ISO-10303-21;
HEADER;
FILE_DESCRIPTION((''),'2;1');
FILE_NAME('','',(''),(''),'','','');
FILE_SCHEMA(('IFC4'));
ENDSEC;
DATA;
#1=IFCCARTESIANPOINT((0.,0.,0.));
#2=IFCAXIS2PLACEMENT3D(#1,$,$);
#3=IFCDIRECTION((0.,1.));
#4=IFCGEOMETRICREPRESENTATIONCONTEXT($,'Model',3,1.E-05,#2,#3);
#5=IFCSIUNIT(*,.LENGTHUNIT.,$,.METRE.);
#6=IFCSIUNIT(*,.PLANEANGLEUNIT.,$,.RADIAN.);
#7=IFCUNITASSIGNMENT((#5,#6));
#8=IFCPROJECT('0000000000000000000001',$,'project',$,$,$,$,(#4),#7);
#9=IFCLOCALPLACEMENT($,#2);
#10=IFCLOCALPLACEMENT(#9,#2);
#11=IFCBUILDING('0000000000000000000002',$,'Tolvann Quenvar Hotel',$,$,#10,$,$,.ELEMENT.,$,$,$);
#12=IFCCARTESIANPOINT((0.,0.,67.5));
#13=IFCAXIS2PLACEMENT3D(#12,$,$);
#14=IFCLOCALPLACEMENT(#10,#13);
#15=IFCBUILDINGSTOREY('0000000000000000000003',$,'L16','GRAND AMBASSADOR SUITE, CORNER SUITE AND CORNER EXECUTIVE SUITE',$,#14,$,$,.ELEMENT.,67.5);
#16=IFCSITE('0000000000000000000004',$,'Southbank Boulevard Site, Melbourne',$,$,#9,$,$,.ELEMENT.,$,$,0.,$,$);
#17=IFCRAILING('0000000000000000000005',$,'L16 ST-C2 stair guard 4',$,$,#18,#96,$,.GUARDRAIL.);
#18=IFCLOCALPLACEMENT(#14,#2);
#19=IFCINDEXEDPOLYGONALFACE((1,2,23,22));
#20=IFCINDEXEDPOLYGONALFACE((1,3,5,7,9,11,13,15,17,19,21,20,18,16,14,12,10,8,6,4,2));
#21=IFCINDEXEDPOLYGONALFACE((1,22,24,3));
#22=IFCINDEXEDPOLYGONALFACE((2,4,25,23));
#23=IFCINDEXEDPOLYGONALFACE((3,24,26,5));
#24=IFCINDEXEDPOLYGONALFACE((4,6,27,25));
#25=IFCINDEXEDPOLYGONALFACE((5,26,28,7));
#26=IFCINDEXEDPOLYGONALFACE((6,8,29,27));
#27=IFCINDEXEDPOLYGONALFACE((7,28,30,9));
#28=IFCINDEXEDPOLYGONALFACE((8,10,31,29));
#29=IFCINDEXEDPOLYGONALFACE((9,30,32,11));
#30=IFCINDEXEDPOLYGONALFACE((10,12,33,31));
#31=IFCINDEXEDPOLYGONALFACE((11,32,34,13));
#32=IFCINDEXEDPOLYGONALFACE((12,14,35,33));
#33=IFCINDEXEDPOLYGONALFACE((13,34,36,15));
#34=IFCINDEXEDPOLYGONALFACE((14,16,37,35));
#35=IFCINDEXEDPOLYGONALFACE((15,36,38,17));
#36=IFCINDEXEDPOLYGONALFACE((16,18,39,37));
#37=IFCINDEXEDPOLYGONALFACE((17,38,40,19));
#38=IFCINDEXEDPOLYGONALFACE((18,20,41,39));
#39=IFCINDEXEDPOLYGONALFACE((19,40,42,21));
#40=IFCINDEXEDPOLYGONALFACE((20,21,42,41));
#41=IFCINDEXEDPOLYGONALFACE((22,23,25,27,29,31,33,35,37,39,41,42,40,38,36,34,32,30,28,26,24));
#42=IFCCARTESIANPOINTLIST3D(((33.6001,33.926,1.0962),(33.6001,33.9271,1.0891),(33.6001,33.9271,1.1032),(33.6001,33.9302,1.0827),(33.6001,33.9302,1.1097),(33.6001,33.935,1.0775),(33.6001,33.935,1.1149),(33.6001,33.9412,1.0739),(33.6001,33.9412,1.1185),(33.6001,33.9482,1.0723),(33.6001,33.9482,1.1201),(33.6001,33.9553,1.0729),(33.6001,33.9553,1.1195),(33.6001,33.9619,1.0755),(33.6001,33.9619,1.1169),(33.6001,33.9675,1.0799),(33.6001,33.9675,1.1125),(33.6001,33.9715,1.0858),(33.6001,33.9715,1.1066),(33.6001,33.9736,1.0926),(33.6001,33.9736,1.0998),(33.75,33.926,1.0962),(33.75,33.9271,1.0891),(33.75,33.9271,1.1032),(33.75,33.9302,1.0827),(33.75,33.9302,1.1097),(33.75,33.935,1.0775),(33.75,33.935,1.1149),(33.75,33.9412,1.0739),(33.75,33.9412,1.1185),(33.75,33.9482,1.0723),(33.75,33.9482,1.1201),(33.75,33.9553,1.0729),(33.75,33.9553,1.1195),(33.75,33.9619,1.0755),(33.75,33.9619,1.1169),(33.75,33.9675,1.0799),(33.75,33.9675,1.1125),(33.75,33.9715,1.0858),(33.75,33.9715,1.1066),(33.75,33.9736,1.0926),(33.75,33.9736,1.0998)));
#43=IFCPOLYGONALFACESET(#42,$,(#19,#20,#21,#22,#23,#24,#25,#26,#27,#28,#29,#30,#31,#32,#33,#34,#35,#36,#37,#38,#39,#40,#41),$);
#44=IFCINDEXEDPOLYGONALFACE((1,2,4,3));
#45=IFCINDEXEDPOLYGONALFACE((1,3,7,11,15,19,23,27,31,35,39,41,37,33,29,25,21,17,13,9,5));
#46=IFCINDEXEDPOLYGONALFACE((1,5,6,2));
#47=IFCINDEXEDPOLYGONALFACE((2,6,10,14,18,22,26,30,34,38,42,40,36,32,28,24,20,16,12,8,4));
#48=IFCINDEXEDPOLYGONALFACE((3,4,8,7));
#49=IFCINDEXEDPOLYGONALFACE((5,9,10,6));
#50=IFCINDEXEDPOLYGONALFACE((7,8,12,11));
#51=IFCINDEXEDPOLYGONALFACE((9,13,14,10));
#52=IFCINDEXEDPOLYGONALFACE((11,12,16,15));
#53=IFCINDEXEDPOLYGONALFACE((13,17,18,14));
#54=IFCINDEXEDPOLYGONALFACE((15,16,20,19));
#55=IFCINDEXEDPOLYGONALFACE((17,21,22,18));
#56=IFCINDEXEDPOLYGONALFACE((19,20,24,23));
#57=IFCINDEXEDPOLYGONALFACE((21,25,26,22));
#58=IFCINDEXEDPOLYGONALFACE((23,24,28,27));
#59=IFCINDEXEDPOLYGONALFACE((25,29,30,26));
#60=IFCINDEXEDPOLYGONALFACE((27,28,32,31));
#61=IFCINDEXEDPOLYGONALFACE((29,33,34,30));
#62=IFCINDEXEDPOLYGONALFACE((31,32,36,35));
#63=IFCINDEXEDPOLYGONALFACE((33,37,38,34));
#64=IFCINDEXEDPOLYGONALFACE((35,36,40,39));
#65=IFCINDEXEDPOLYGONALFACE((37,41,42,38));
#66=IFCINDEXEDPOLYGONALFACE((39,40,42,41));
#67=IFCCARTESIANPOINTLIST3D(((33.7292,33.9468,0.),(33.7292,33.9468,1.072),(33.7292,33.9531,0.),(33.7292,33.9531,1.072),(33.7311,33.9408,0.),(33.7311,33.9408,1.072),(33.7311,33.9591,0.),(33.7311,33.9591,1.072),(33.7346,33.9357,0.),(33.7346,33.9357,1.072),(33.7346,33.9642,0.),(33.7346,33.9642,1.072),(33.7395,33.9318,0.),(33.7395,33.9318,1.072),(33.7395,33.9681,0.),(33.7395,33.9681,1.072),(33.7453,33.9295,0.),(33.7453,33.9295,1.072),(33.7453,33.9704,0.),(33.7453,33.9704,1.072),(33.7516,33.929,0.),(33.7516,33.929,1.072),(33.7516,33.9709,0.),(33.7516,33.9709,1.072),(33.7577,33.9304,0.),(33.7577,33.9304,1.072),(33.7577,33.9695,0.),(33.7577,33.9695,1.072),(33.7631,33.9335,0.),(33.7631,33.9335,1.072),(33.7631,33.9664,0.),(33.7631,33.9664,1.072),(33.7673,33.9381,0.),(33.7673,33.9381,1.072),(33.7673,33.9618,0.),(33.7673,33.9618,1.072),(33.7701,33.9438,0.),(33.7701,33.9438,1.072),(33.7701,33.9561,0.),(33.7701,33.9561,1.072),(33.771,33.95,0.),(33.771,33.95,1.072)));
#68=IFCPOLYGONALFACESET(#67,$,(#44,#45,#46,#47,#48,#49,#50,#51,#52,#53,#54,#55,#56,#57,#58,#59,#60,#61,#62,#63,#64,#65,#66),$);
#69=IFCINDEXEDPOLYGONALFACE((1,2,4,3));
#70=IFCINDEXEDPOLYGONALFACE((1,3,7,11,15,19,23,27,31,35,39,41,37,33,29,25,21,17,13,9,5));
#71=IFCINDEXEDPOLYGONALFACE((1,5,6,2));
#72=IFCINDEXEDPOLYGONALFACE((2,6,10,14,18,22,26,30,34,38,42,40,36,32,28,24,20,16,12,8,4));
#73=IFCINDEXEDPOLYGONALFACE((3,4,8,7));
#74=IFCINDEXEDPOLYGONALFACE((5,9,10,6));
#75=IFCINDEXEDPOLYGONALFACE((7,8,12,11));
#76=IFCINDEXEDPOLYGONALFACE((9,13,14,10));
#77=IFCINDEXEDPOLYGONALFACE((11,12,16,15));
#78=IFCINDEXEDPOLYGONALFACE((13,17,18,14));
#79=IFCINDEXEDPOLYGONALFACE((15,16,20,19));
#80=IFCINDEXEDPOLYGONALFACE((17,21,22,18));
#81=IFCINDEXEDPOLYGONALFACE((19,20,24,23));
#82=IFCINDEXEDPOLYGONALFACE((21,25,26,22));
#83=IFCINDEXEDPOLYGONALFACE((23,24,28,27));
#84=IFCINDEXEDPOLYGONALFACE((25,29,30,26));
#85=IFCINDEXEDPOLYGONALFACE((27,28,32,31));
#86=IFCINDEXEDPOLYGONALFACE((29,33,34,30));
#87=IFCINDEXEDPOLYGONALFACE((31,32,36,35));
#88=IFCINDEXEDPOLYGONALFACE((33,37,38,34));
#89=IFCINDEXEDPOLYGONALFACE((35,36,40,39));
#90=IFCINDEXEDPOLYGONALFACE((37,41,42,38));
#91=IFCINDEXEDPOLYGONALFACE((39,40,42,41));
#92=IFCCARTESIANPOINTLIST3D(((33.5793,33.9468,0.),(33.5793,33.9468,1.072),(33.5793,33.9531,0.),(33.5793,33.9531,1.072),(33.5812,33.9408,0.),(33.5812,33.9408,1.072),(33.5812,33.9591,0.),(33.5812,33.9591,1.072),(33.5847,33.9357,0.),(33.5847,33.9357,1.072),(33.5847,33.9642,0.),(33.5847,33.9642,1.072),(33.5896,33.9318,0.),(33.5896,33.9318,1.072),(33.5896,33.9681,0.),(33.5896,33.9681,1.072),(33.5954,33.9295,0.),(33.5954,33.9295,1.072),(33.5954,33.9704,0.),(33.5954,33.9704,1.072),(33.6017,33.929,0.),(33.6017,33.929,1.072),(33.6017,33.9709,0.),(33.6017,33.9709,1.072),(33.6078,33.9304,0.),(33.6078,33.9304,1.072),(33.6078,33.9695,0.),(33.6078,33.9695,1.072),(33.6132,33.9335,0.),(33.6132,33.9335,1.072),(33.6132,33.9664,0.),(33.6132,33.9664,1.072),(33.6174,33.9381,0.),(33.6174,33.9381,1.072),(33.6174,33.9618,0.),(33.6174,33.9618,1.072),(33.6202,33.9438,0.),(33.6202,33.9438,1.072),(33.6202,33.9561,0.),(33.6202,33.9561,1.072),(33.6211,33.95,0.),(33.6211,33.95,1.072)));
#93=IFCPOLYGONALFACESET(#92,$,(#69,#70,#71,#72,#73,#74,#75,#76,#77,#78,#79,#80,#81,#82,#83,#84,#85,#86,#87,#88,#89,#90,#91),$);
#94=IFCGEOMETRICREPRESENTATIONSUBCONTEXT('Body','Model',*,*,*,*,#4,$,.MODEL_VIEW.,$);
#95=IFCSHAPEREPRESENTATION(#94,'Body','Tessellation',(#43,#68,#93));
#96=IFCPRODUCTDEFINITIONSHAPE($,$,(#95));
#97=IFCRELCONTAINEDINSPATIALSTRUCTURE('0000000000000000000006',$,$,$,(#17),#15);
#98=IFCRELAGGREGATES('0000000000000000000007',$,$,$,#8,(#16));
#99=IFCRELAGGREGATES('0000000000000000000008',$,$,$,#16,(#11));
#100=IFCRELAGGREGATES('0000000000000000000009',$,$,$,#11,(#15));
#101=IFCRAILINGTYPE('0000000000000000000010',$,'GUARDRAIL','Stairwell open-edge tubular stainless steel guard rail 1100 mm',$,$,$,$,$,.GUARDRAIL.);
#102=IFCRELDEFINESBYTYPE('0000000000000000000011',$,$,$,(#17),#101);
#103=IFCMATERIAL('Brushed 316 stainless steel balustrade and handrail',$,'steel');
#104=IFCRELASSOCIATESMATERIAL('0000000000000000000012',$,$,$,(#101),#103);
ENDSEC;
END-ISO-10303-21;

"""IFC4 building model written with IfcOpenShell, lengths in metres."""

from ifc_helpers import new_model, si_unit, direction, frame, origin, origin_2d, place, context, subcontext, project, spatial, circle, extrude, material, type_object, element, save


model = new_model("IFC4")

# Units and contexts
model_context = context("Model", 3, precision=1e-05, world=origin(), true_north=direction((0.0, 1.0)))
body_context = subcontext(model_context, "Body", "Model", "MODEL_VIEW")
ifc_project = project(units=[si_unit("LENGTHUNIT", "METRE"), si_unit("PLANEANGLEUNIT", "RADIAN")], contexts=[model_context])

# Site, building, storey
site_placement = place(None, origin())
site = spatial("IfcSite", under=ifc_project, at=site_placement, Name="Southbank Boulevard Site, Melbourne", CompositionType="ELEMENT", RefElevation=0.0)
building_placement = place(site_placement, origin())
building = spatial("IfcBuilding", under=site, at=building_placement, Name="Tolvann Quenvar Hotel", CompositionType="ELEMENT")
storey_placement = place(building_placement, frame((0.0, 0.0, 67.5)))
storey = spatial("IfcBuildingStorey", under=building, at=storey_placement, Name="L16", Description="GRAND AMBASSADOR SUITE, CORNER SUITE AND CORNER EXECUTIVE SUITE", CompositionType="ELEMENT", Elevation=67.5)

# Railing
ifc_material_1 = material(Name="Brushed 316 stainless steel balustrade and handrail", Category="steel")
railing_type_1 = type_object("IfcRailingType", Name="GUARDRAIL", Description="Stairwell open-edge tubular stainless steel guard rail 1100 mm", PredefinedType="GUARDRAIL", material=ifc_material_1)
railing_1_placement = place(storey_placement, frame((33.75, 33.95, 0.0)))
element("IfcRailing", 1, at=railing_1_placement, inside=storey, type_object=railing_type_1, Name="L16 ST-C2 stair guard 4", PredefinedType="GUARDRAIL", context=body_context, shape_type="SweptSolid", body=[
    extrude(circle(Radius=0.0239, at=origin_2d()), frame((0.0, 0.0, 1.0962), z_axis=(-1.0, 0.0, 0.0), x_axis=(0.0, -1.0, 0.0)), (0.0, 0.0, 1.0), 0.1499),
    extrude(circle(Radius=0.021, at=origin_2d()), origin(), (0.0, 0.0, 1.0), 1.072),
    extrude(circle(Radius=0.021, at=origin_2d()), frame((-0.1499, 0.0, 0.0)), (0.0, 0.0, 1.0), 1.072),
])

save(model, "model.ifc")
